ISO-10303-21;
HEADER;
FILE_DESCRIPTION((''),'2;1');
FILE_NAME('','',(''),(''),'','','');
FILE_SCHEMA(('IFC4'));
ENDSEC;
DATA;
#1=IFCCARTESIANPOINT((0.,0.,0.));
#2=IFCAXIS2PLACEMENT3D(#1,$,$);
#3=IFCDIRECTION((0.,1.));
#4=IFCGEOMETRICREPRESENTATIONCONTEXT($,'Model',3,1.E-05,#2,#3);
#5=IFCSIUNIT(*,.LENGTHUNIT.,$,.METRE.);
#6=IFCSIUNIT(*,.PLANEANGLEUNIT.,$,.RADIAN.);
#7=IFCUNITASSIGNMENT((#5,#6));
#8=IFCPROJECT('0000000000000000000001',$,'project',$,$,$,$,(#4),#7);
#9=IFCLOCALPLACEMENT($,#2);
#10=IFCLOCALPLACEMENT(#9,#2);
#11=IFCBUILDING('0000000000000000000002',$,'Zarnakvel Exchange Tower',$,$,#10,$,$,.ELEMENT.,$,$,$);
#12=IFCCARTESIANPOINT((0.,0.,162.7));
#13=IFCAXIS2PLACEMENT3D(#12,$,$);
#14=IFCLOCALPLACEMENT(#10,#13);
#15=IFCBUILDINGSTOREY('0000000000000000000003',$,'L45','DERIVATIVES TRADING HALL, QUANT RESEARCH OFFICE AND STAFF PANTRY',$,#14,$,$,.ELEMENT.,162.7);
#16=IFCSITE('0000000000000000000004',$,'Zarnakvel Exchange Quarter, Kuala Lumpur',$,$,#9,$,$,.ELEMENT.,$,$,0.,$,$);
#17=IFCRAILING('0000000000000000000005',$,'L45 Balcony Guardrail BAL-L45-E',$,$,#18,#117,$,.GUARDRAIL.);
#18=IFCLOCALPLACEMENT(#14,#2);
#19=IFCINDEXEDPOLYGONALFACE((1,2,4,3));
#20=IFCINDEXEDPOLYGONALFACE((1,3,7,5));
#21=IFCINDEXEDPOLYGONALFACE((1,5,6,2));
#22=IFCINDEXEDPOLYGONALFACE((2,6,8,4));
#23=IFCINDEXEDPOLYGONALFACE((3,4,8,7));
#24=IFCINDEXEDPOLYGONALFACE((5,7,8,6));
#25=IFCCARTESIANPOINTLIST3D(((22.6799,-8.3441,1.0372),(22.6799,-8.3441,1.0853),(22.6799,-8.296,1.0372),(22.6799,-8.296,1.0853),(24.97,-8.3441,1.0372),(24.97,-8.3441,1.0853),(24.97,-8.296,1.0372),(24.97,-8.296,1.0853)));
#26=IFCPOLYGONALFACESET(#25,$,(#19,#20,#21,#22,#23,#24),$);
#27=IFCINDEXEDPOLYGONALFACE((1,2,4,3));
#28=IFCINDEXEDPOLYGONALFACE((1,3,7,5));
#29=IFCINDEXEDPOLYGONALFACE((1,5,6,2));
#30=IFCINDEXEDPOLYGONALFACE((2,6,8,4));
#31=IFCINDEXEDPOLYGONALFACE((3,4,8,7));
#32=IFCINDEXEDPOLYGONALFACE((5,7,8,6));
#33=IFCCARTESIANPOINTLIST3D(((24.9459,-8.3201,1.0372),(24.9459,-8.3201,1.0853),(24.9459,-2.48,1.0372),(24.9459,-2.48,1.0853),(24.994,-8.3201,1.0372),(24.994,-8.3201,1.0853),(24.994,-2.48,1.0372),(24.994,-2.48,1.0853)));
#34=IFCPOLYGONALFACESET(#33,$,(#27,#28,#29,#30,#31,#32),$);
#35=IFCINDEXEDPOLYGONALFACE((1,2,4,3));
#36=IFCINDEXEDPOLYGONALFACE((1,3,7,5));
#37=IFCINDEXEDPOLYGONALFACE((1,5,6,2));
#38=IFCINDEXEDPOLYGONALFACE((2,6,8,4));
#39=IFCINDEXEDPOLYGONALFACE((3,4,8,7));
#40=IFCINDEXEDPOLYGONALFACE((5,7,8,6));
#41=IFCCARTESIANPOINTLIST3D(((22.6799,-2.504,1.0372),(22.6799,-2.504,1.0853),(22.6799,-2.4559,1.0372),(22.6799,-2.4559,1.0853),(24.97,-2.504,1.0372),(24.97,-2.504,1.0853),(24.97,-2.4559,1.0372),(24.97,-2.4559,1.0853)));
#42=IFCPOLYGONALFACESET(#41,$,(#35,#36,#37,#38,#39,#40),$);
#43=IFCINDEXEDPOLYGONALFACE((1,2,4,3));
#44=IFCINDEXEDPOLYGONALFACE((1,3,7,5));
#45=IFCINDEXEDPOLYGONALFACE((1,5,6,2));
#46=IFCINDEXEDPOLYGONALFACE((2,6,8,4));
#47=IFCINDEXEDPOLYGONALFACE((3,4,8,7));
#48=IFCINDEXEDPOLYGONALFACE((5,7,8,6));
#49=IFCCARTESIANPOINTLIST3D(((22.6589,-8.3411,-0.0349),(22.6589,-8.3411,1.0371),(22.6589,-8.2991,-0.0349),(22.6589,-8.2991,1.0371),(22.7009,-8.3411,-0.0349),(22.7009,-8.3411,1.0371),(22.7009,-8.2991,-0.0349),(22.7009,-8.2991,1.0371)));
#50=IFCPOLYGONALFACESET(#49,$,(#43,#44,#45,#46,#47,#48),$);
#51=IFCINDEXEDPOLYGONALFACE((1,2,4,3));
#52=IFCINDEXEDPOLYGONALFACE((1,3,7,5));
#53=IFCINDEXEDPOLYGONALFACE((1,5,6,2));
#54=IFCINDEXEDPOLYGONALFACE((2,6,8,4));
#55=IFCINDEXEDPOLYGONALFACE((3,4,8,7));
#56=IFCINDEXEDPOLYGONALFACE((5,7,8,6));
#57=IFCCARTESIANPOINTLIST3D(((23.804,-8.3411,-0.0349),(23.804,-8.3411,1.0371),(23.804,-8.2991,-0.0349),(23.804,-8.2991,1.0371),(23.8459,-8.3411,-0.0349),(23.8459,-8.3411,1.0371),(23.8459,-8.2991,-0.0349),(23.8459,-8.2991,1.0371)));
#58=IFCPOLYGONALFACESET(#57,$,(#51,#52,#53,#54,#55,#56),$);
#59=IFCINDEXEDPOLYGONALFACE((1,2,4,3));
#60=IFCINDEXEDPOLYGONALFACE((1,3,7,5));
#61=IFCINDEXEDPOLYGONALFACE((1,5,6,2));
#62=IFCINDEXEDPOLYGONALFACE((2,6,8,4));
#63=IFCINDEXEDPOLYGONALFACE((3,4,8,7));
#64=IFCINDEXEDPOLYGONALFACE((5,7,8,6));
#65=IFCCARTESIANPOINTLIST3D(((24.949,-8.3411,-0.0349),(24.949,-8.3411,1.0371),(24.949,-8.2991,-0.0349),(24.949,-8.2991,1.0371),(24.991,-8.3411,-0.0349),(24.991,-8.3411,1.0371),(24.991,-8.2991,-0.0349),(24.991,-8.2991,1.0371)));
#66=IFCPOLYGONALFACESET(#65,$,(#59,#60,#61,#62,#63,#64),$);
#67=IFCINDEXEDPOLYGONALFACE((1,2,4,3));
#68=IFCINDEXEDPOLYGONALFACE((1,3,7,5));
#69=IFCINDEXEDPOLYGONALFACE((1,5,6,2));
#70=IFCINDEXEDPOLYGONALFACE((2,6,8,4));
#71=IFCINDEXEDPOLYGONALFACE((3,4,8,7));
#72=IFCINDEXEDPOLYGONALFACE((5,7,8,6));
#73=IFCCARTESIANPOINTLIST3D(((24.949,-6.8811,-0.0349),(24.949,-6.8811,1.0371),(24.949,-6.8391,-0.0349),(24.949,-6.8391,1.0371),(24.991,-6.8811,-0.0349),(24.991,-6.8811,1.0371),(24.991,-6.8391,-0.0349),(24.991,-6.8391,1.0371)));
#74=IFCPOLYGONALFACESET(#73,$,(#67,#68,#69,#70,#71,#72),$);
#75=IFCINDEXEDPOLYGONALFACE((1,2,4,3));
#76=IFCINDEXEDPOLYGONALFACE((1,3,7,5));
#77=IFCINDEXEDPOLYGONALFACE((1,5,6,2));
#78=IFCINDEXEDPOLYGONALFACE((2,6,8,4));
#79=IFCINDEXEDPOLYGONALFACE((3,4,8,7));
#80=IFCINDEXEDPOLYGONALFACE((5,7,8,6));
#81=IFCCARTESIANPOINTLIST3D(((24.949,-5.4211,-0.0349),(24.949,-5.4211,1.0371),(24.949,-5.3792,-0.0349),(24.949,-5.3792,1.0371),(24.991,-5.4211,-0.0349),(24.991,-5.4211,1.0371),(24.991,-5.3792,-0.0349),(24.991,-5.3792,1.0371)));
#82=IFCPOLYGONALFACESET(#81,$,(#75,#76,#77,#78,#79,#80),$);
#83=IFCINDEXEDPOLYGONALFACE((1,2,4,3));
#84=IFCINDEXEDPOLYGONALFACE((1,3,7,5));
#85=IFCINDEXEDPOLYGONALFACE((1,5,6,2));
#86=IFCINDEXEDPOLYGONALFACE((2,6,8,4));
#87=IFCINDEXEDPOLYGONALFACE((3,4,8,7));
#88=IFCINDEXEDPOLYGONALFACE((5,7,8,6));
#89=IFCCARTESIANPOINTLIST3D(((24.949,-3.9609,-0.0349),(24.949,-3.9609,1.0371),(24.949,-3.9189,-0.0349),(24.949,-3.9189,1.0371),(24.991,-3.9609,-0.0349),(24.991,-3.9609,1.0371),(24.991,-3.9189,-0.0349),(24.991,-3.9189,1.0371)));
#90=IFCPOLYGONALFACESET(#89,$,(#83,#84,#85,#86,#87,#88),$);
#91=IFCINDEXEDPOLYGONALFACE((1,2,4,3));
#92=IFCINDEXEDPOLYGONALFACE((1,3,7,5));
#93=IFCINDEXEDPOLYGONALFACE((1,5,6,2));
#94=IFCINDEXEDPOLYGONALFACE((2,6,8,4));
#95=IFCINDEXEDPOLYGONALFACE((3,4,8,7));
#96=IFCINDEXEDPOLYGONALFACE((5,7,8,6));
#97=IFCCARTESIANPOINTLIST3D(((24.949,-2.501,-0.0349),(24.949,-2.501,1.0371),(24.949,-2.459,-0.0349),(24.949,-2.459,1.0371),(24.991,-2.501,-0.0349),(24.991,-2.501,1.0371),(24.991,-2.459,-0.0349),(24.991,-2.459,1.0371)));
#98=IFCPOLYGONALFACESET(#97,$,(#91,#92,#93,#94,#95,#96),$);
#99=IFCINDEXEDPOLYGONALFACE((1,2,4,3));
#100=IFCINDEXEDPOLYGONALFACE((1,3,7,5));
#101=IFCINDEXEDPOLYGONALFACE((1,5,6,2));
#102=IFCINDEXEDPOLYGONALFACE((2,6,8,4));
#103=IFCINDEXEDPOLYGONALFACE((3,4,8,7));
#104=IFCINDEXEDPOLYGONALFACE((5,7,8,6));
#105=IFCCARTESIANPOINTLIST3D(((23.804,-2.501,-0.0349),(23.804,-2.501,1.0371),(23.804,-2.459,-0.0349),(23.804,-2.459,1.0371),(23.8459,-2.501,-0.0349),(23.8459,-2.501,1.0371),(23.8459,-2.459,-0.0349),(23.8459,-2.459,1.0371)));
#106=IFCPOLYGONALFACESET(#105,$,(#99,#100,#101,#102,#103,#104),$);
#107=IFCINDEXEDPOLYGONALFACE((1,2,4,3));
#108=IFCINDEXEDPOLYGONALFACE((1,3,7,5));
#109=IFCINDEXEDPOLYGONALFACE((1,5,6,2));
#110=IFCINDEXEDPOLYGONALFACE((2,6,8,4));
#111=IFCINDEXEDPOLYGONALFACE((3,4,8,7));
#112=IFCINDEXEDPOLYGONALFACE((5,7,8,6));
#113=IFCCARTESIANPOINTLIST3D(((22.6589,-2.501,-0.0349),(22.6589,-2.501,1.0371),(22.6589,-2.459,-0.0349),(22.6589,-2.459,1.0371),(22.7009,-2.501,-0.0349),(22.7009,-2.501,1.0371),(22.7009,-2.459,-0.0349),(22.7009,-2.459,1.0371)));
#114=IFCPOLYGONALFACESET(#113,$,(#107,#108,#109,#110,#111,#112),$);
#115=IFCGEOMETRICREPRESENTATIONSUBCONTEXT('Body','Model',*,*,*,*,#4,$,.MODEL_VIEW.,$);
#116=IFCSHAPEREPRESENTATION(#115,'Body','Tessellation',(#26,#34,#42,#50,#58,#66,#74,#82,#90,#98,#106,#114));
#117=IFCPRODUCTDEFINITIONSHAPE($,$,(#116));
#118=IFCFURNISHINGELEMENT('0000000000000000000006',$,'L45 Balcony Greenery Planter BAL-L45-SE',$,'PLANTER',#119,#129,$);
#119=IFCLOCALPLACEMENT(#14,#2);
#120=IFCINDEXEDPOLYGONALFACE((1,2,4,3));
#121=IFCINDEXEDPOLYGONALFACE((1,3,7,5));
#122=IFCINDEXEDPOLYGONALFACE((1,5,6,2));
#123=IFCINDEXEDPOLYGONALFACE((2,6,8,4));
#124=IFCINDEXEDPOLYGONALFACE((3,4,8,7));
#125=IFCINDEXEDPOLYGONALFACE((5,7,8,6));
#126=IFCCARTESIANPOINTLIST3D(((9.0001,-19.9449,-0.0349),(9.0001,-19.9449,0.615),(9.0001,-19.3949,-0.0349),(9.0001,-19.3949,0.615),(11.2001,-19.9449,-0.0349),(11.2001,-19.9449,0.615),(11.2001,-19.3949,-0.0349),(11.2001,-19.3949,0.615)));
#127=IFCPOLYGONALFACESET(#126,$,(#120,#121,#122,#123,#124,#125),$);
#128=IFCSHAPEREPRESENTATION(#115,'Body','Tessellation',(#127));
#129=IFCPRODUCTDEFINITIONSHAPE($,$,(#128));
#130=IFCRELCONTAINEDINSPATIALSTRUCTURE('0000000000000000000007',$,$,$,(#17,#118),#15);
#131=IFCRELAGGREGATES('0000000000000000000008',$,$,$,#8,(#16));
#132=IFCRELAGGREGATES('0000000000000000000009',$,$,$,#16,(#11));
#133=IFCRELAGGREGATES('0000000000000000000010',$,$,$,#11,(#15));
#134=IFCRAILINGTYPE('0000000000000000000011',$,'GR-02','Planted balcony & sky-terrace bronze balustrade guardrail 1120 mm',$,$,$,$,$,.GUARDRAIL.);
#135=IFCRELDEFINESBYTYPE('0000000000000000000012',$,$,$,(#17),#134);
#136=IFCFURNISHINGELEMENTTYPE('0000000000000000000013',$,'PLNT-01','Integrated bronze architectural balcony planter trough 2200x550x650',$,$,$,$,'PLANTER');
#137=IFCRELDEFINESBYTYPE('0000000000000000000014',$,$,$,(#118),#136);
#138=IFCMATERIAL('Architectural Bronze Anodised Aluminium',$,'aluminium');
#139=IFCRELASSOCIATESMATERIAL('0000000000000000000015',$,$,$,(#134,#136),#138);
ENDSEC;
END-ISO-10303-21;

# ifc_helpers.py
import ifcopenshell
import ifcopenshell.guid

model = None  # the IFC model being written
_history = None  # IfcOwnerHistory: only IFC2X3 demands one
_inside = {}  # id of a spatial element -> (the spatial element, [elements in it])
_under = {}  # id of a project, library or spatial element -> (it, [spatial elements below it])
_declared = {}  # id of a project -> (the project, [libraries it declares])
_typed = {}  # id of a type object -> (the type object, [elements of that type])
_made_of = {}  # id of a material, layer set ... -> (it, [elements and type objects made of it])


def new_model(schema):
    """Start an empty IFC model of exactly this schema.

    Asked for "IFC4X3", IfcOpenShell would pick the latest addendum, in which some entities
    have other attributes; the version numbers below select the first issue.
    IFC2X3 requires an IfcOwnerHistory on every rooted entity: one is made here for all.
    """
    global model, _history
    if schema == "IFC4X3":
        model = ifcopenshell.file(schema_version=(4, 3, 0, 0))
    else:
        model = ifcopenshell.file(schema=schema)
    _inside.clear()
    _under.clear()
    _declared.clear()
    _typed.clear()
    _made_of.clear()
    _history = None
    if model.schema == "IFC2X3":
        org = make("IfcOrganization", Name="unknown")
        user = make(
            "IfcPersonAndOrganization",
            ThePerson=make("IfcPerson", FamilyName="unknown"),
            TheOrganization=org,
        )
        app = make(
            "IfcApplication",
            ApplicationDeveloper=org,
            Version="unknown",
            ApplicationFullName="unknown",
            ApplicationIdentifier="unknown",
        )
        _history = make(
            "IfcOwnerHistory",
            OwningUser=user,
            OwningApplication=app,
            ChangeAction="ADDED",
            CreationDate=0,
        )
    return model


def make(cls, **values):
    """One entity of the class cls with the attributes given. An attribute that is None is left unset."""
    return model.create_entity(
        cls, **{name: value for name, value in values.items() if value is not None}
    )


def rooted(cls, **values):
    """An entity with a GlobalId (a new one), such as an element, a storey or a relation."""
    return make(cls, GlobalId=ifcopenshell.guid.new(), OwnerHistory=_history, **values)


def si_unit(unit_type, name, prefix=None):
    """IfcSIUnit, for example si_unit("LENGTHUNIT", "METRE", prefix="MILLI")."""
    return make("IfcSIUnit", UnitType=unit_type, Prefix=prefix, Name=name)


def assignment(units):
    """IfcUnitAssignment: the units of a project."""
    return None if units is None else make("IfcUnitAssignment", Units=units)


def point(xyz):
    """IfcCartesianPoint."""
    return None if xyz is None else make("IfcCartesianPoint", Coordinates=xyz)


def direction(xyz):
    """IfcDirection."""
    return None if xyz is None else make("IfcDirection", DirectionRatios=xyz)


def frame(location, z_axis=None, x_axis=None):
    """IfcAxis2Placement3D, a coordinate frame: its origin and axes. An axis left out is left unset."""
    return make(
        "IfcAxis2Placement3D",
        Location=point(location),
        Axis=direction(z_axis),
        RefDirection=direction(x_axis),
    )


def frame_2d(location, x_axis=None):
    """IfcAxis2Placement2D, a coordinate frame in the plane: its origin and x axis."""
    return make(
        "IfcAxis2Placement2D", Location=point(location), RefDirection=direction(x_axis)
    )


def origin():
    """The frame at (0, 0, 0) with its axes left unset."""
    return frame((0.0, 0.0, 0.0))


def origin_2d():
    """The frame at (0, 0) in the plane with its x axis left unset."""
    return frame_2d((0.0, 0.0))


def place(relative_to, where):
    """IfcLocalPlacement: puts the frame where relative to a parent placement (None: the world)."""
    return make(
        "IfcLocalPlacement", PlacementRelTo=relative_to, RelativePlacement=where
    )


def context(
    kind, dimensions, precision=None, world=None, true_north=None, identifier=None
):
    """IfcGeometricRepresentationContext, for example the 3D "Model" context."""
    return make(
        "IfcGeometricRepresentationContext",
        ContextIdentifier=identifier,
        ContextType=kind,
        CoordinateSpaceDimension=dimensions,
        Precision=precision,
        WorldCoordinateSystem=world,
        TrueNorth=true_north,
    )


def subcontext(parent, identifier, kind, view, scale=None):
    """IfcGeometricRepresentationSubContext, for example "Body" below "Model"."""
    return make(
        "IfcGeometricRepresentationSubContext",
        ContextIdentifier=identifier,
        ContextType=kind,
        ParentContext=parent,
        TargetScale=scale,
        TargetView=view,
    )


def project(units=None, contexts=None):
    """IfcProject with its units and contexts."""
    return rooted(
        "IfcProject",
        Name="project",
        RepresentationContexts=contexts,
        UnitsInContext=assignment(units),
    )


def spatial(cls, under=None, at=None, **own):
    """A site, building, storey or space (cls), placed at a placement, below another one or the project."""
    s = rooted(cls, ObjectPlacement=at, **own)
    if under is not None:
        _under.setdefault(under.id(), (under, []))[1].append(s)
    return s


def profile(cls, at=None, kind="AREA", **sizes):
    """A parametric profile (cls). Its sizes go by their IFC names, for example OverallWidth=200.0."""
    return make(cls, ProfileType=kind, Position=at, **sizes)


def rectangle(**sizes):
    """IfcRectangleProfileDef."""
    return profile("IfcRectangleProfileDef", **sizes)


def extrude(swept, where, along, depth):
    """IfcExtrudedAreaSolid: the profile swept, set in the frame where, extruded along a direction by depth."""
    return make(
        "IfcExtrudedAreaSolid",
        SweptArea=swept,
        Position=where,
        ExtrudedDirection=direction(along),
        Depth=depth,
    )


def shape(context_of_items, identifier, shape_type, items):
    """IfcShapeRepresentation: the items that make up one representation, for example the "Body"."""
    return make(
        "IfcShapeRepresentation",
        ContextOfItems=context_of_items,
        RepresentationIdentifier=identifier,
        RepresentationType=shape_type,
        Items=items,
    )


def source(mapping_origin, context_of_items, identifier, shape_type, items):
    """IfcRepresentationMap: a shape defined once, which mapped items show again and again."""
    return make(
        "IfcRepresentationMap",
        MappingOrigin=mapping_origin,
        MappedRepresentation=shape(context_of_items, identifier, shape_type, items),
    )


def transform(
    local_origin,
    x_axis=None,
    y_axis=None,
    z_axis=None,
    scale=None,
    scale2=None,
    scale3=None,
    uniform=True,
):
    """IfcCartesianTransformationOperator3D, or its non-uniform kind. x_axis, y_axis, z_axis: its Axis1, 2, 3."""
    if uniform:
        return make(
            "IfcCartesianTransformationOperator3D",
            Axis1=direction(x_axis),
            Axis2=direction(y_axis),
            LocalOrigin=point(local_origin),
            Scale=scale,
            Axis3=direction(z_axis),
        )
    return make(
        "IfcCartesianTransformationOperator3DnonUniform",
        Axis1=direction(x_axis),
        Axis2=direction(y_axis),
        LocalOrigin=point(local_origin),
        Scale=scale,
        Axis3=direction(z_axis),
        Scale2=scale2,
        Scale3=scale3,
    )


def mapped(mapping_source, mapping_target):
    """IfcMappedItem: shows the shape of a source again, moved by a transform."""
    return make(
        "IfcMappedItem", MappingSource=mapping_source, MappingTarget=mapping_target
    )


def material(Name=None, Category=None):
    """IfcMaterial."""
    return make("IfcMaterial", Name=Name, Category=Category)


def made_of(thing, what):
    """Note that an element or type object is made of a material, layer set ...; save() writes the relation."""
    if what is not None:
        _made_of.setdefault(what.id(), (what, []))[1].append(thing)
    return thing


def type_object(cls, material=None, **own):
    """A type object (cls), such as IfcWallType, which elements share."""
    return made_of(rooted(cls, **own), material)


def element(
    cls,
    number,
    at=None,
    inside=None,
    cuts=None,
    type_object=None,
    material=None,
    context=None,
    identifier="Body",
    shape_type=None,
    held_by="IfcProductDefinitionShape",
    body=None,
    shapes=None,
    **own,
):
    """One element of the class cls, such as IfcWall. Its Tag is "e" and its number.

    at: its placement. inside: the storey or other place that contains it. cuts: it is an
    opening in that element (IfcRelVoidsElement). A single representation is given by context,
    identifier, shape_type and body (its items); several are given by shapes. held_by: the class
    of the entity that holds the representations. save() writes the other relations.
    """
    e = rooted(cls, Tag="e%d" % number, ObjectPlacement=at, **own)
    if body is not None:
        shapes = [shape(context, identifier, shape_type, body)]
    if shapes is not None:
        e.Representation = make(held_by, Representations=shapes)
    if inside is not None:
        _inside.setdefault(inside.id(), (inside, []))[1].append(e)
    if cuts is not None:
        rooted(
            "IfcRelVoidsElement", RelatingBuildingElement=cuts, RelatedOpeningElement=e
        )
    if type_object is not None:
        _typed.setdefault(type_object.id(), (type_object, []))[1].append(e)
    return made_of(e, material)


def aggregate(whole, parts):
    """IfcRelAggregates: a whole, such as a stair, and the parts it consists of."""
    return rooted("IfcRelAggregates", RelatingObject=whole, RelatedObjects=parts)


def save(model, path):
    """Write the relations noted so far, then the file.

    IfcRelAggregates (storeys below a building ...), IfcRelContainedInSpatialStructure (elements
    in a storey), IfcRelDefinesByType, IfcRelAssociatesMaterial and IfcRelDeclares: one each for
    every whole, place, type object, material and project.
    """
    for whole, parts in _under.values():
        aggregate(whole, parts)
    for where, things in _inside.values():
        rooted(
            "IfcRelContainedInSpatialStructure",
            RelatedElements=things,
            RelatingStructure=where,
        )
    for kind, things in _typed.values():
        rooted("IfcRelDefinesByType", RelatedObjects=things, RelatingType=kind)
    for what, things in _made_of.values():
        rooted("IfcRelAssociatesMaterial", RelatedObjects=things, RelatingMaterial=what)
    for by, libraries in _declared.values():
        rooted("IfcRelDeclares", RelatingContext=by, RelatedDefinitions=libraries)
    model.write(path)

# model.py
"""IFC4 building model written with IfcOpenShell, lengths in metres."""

from ifc_helpers import new_model, si_unit, direction, frame, origin, origin_2d, place, context, subcontext, project, spatial, rectangle, extrude, source, transform, mapped, material, type_object, element, save


model = new_model("IFC4")

# Units and contexts
model_context = context("Model", 3, precision=1e-05, world=origin(), true_north=direction((0.0, 1.0)))
body_context = subcontext(model_context, "Body", "Model", "MODEL_VIEW")
ifc_project = project(units=[si_unit("LENGTHUNIT", "METRE"), si_unit("PLANEANGLEUNIT", "RADIAN")], contexts=[model_context])

# Site, building, storey
site_placement = place(None, origin())
site = spatial("IfcSite", under=ifc_project, at=site_placement, Name="Zarnakvel Exchange Quarter, Kuala Lumpur", CompositionType="ELEMENT", RefElevation=0.0)
building_placement = place(site_placement, origin())
building = spatial("IfcBuilding", under=site, at=building_placement, Name="Zarnakvel Exchange Tower", CompositionType="ELEMENT")
storey_placement = place(building_placement, frame((0.0, 0.0, 162.7)))
storey = spatial("IfcBuildingStorey", under=building, at=storey_placement, Name="L45", Description="DERIVATIVES TRADING HALL, QUANT RESEARCH OFFICE AND STAFF PANTRY", CompositionType="ELEMENT", Elevation=162.7)

# Shared definitions
ifc_material_1 = material(Name="Architectural Bronze Anodised Aluminium", Category="aluminium")

# Railing
railing_type = type_object("IfcRailingType", Name="GR-02", Description="Planted balcony & sky-terrace bronze balustrade guardrail 1120 mm", PredefinedType="GUARDRAIL", material=ifc_material_1)
railing_placement = place(storey_placement, frame((22.6799, -8.3201, -0.0349)))
element("IfcRailing", 1, at=railing_placement, inside=storey, type_object=railing_type, Name="L45 Balcony Guardrail BAL-L45-E", PredefinedType="GUARDRAIL", context=body_context, shape_type="SweptSolid", body=[
    extrude(rectangle(XDim=0.0481, YDim=0.0481, at=origin_2d()), frame((0.0, 0.0, 1.0962), z_axis=(1.0, 0.0, 0.0), x_axis=(0.0, 1.0, 0.0)), (0.0, 0.0, 1.0), 2.29),
    extrude(rectangle(XDim=0.0481, YDim=0.0481, at=origin_2d()), frame((2.29, 0.0, 1.0962), z_axis=(0.0, 1.0, 0.0), x_axis=(-1.0, 0.0, 0.0)), (0.0, 0.0, 1.0), 5.8401),
    extrude(rectangle(XDim=0.0481, YDim=0.0481, at=origin_2d()), frame((2.29, 5.8401, 1.0962), z_axis=(-1.0, 0.0, 0.0), x_axis=(0.0, -1.0, 0.0)), (0.0, 0.0, 1.0), 2.29),
    extrude(rectangle(XDim=0.042, YDim=0.042, at=origin_2d()), origin(), (0.0, 0.0, 1.0), 1.072),
    extrude(rectangle(XDim=0.042, YDim=0.042, at=origin_2d()), frame((1.145, 0.0, 0.0)), (0.0, 0.0, 1.0), 1.072),
    extrude(rectangle(XDim=0.042, YDim=0.042, at=origin_2d()), frame((2.29, 0.0, 0.0)), (0.0, 0.0, 1.0), 1.072),
    extrude(rectangle(XDim=0.042, YDim=0.042, at=origin_2d()), frame((2.29, 1.46, 0.0)), (0.0, 0.0, 1.0), 1.072),
    extrude(rectangle(XDim=0.042, YDim=0.042, at=origin_2d()), frame((2.29, 2.9199, 0.0)), (0.0, 0.0, 1.0), 1.072),
    extrude(rectangle(XDim=0.042, YDim=0.042, at=origin_2d()), frame((2.29, 4.3801, 0.0)), (0.0, 0.0, 1.0), 1.072),
    extrude(rectangle(XDim=0.042, YDim=0.042, at=origin_2d()), frame((2.29, 5.8401, 0.0)), (0.0, 0.0, 1.0), 1.072),
    extrude(rectangle(XDim=0.042, YDim=0.042, at=origin_2d()), frame((1.145, 5.8401, 0.0)), (0.0, 0.0, 1.0), 1.072),
    extrude(rectangle(XDim=0.042, YDim=0.042, at=origin_2d()), frame((0.0, 5.8401, 0.0)), (0.0, 0.0, 1.0), 1.072),
])

# Furnishing element
furnishing_element_type = type_object("IfcFurnishingElementType", Name="PLNT-01", Description="Integrated bronze architectural balcony planter trough 2200x550x650", ElementType="PLANTER", material=ifc_material_1)
shared_shape_1 = source(origin(), body_context, "Body", "SweptSolid", [
    extrude(rectangle(XDim=2.2, YDim=0.55, at=origin_2d()), origin(), (0.0, 0.0, 1.0), 0.6499),
])
furnishing_placement = place(storey_placement, frame((10.1001, -19.6699, -0.0349), z_axis=(0.0, 0.0, 1.0), x_axis=(1.0, 0.0, 0.0)))
element("IfcFurnishingElement", 2, at=furnishing_placement, inside=storey, type_object=furnishing_element_type, Name="L45 Balcony Greenery Planter BAL-L45-SE", ObjectType="PLANTER", context=body_context, shape_type="MappedRepresentation", body=[
    mapped(shared_shape_1, transform((0.0, 0.0, 0.0), x_axis=(1.0, 0.0, 0.0), y_axis=(0.0, 1.0, 0.0), z_axis=(0.0, 0.0, 1.0), scale=1.0)),
])

save(model, "model.ifc")
